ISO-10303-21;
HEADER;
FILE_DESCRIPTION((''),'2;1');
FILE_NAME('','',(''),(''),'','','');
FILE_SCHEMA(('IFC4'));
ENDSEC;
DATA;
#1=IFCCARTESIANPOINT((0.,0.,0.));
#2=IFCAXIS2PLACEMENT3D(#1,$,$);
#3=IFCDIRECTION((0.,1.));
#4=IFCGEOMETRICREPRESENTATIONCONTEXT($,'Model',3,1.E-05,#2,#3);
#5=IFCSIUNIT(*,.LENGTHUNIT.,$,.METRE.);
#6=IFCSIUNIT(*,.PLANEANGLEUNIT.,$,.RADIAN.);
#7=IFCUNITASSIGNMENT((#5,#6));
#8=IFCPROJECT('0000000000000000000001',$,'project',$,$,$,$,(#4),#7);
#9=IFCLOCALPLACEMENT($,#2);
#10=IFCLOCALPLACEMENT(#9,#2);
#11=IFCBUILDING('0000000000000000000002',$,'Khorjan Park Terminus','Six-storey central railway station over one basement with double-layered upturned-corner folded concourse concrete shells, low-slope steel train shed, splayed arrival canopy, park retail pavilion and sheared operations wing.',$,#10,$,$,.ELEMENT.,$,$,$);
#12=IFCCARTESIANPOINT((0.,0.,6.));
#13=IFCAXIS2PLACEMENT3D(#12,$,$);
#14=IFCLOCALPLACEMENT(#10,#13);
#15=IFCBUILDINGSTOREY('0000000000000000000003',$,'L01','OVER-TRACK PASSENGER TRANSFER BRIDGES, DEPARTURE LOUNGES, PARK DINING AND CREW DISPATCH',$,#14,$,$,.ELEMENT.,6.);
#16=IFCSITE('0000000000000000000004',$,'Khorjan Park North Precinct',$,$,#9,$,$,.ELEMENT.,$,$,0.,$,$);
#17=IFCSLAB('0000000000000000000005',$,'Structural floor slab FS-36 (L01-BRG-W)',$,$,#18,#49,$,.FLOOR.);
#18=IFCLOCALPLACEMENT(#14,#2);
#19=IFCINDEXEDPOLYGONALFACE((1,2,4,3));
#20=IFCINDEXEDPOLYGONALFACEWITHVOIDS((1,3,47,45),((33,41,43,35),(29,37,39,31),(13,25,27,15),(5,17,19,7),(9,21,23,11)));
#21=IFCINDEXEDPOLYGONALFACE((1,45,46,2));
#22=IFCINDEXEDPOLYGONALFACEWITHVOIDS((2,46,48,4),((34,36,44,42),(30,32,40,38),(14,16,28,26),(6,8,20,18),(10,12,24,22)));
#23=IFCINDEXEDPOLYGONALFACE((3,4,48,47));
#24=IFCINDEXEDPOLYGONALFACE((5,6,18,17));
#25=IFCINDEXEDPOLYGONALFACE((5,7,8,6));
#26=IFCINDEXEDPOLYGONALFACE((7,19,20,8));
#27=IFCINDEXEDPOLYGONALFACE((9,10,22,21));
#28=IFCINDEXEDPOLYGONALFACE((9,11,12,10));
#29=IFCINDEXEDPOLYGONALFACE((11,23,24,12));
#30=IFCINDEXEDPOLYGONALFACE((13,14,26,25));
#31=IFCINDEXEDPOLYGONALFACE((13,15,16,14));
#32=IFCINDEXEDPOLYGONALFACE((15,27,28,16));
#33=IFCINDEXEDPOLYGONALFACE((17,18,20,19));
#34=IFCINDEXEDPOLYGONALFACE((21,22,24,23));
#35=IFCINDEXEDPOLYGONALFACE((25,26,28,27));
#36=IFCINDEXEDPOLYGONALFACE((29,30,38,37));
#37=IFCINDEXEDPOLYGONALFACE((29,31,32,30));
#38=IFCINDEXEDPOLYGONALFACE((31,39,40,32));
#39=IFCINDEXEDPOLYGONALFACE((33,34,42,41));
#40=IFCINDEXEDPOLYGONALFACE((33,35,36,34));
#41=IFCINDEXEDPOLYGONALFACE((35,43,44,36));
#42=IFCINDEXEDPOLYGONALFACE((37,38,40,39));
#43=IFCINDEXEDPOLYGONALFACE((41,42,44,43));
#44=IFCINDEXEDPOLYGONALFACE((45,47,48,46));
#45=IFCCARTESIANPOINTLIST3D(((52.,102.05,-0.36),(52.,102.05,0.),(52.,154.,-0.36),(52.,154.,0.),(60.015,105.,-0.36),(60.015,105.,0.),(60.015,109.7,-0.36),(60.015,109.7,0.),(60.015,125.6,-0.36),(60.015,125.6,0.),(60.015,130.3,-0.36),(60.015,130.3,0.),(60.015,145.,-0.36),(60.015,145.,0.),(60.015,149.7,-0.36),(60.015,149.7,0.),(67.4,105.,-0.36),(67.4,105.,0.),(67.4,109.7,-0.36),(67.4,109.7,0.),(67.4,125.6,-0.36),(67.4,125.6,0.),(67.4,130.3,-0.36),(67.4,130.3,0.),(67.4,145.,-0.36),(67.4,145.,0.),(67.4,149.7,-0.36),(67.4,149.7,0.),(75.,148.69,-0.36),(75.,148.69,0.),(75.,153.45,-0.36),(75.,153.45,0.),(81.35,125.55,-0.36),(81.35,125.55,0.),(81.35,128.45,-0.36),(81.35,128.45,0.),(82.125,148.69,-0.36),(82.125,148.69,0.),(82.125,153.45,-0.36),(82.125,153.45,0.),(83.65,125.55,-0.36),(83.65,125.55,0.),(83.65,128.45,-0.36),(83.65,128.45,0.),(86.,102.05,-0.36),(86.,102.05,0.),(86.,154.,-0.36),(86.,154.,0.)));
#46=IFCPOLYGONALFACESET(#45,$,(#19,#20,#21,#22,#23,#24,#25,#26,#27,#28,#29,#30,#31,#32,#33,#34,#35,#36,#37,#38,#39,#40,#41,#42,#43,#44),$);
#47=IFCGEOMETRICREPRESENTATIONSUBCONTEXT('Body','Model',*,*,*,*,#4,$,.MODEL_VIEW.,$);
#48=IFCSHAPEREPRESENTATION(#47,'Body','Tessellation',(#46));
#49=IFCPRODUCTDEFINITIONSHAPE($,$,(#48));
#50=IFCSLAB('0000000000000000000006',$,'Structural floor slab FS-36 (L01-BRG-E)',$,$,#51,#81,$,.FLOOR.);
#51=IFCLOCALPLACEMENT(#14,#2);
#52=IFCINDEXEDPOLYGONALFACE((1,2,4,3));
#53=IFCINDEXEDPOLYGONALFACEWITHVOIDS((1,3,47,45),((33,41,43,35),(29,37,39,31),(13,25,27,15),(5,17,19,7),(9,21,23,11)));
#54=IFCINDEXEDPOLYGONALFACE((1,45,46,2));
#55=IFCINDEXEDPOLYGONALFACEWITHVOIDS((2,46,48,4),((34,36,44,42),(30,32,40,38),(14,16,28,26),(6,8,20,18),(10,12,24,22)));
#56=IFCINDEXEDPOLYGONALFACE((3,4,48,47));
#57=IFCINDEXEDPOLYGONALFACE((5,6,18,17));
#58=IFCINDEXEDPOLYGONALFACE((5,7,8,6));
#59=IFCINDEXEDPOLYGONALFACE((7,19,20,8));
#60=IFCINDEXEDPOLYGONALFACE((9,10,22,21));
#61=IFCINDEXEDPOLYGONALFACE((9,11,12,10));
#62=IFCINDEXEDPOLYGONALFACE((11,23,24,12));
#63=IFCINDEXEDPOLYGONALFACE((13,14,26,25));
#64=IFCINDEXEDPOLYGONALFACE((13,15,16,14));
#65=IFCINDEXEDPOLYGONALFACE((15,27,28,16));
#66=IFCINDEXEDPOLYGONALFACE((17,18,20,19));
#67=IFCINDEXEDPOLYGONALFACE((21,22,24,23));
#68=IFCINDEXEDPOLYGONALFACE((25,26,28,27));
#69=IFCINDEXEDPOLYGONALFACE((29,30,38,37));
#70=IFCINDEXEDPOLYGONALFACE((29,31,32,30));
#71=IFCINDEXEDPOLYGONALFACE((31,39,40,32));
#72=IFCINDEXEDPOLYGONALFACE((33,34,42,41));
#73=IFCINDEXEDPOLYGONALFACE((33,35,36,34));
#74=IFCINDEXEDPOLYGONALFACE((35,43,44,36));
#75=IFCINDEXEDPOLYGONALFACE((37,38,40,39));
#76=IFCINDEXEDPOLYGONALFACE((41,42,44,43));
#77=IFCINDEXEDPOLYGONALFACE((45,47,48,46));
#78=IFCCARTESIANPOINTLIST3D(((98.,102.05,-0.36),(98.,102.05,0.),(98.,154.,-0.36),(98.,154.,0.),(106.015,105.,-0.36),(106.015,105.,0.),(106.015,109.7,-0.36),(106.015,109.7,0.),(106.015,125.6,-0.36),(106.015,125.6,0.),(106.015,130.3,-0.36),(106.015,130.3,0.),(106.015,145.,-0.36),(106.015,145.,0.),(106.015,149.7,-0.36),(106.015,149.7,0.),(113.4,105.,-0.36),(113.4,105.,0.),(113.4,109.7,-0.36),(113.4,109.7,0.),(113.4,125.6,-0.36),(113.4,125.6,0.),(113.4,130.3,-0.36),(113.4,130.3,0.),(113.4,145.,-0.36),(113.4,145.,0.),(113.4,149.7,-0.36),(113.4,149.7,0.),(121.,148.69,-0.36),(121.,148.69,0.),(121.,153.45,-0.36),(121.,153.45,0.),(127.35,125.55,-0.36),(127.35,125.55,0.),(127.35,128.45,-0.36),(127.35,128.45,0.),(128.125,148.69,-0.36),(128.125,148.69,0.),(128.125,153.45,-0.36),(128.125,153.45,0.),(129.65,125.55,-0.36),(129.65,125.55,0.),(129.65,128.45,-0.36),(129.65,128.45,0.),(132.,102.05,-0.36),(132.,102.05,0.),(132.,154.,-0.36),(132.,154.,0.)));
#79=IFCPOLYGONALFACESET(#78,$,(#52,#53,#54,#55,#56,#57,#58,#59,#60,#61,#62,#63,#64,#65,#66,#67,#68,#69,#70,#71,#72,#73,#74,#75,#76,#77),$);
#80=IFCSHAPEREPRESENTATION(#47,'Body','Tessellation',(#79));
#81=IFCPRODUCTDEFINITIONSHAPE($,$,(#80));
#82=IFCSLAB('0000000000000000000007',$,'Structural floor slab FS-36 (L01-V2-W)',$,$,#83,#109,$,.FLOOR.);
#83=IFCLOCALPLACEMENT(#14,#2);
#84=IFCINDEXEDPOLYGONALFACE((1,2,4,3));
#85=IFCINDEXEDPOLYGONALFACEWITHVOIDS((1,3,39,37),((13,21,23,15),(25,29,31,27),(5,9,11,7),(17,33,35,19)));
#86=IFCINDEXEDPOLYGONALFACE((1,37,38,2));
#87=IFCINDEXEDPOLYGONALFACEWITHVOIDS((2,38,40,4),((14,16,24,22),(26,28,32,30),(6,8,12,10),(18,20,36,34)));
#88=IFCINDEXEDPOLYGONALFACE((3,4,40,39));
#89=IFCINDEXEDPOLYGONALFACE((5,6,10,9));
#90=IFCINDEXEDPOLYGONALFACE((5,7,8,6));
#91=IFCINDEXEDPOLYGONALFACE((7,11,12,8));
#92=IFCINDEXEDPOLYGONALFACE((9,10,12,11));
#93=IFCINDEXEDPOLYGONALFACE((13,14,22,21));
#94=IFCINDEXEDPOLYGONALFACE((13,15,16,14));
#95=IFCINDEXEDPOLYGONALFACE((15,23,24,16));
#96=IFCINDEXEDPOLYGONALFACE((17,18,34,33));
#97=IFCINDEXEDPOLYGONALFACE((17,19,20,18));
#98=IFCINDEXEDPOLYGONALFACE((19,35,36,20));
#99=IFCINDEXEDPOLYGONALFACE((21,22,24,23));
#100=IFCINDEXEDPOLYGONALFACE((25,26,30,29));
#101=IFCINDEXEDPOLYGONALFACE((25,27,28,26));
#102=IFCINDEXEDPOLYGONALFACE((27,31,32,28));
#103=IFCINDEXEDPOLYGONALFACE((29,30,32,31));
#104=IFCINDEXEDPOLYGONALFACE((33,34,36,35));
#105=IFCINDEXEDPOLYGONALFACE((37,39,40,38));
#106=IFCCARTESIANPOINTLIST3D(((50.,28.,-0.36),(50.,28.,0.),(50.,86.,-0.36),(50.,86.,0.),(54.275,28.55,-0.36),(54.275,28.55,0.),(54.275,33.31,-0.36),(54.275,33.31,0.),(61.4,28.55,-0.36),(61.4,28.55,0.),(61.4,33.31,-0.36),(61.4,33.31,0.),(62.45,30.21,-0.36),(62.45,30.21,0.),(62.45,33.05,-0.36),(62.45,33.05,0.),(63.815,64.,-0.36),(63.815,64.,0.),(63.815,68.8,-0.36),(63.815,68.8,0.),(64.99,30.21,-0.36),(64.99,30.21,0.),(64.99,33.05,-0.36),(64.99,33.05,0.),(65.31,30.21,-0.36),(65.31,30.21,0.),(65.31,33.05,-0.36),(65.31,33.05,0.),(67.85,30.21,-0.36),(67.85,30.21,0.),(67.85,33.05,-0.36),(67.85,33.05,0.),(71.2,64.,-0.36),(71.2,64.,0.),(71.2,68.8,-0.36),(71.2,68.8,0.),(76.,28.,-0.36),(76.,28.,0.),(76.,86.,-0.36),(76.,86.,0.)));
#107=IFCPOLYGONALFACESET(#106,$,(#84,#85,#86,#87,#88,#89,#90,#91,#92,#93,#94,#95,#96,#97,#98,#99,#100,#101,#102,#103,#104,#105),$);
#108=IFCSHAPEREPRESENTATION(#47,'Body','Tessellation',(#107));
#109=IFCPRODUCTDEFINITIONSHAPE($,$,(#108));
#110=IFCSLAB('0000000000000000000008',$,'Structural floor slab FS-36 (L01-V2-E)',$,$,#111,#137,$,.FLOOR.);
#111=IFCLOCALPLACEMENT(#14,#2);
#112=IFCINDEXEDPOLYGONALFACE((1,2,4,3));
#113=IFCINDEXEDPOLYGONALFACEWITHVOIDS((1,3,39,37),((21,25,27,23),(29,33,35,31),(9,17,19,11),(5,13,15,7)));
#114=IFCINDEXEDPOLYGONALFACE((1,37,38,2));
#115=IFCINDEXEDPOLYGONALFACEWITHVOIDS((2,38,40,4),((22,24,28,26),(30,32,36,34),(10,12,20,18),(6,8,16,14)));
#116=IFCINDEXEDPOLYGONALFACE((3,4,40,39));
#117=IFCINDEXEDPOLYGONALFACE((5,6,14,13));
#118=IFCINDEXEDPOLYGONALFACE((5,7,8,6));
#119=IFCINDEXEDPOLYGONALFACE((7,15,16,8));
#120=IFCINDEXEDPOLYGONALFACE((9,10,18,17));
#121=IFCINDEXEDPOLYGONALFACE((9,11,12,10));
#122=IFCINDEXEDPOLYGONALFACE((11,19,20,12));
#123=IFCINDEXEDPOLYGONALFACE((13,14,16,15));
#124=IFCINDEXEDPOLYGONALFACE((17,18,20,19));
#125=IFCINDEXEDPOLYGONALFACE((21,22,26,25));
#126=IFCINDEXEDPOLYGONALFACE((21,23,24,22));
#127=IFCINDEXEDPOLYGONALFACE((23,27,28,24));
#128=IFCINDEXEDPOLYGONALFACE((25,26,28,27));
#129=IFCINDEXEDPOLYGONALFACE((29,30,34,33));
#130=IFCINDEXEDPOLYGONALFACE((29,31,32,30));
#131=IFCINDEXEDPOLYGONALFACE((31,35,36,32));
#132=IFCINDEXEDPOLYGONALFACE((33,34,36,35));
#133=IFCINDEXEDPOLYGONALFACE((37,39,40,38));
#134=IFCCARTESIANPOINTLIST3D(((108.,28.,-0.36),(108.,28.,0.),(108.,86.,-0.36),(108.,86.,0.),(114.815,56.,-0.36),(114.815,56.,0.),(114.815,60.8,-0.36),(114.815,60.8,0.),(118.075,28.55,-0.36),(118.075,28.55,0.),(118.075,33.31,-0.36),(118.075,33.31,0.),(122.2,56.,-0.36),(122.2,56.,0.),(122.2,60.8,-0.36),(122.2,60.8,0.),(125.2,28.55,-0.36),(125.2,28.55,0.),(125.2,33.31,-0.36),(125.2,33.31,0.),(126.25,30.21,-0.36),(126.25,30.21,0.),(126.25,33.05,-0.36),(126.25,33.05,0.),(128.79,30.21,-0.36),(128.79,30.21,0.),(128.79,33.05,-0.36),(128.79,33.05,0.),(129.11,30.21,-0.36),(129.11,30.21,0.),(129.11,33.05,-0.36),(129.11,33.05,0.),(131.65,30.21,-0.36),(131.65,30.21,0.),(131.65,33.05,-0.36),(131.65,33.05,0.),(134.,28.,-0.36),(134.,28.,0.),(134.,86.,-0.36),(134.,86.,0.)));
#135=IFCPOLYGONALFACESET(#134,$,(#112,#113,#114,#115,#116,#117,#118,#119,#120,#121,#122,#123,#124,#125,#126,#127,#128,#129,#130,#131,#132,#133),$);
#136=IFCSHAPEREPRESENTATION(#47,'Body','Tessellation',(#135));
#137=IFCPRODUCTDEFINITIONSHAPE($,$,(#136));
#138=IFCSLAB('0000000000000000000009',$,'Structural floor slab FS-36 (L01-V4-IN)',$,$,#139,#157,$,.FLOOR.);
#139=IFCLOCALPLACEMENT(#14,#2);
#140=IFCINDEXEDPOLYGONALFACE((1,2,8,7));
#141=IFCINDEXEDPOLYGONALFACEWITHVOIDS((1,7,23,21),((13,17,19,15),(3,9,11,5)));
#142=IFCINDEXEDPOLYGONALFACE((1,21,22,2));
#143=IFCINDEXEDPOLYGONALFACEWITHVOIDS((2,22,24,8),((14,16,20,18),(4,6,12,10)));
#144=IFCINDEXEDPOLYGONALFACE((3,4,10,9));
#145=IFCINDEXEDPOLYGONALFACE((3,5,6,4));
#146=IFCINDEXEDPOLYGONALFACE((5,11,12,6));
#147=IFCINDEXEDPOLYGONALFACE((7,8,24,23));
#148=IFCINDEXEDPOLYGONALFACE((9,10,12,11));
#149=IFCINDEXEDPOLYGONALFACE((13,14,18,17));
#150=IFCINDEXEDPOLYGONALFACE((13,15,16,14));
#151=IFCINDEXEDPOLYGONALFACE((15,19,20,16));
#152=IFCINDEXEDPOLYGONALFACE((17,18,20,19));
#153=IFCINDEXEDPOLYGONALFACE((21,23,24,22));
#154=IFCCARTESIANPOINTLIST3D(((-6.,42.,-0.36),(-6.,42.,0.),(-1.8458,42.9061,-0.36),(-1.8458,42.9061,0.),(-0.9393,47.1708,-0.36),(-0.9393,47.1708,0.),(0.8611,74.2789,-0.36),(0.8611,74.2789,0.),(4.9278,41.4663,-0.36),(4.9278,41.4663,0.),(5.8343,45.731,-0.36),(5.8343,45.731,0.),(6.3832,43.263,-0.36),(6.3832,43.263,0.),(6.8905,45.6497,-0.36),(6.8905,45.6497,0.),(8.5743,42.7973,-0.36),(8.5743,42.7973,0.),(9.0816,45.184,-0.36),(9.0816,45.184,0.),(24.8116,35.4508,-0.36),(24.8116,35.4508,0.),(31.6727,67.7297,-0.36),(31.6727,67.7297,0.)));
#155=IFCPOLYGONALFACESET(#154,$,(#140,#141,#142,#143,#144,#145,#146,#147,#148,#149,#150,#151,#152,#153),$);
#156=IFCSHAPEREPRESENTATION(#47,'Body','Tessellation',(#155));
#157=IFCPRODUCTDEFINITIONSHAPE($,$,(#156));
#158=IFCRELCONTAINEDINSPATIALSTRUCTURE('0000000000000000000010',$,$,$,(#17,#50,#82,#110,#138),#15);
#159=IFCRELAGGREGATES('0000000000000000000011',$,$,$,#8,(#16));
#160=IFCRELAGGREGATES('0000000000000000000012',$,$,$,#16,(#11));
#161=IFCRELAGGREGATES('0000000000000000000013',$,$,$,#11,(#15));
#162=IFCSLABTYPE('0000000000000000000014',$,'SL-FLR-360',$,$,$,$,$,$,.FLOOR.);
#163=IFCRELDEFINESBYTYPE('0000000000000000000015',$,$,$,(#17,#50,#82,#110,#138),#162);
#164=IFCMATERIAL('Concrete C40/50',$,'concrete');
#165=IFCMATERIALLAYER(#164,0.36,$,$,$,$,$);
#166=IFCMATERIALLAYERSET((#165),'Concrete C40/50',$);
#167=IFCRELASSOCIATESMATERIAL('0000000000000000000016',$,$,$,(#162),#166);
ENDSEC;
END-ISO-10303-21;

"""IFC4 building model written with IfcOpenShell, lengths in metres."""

from ifc_helpers import new_model, si_unit, direction, frame, origin, place, context, subcontext, project, spatial, polyline, outline, extrude, material, layer, layer_set, type_object, element, save


model = new_model("IFC4")

# Units and contexts
model_context = context("Model", 3, precision=1e-05, world=origin(), true_north=direction((0.0, 1.0)))
body_context = subcontext(model_context, "Body", "Model", "MODEL_VIEW")
ifc_project = project(units=[si_unit("LENGTHUNIT", "METRE"), si_unit("PLANEANGLEUNIT", "RADIAN")], contexts=[model_context])

# Site, building, storey
site_placement = place(None, origin())
site = spatial("IfcSite", under=ifc_project, at=site_placement, Name="Khorjan Park North Precinct", CompositionType="ELEMENT", RefElevation=0.0)
building_placement = place(site_placement, origin())
building = spatial("IfcBuilding", under=site, at=building_placement, Name="Khorjan Park Terminus", Description="Six-storey central railway station over one basement with double-layered upturned-corner folded concourse concrete shells, low-slope steel train shed, splayed arrival canopy, park retail pavilion and sheared operations wing.", CompositionType="ELEMENT")
storey_placement = place(building_placement, frame((0.0, 0.0, 6.0)))
storey = spatial("IfcBuildingStorey", under=building, at=storey_placement, Name="L01", Description="OVER-TRACK PASSENGER TRANSFER BRIDGES, DEPARTURE LOUNGES, PARK DINING AND CREW DISPATCH", CompositionType="ELEMENT", Elevation=6.0)

# Slabs
ifc_material_1 = material(Name="Concrete C40/50", Category="concrete")
ifc_layer_1 = layer(ifc_material_1, 0.36)
ifc_layer_set_1 = layer_set([ifc_layer_1], Name="Concrete C40/50")
slab_type_1 = type_object("IfcSlabType", Name="SL-FLR-360", PredefinedType="FLOOR", material=ifc_layer_set_1)
slab_1_placement = place(storey_placement, frame((0.0, 0.0, -0.36)))
element("IfcSlab", 1, at=slab_1_placement, inside=storey, type_object=slab_type_1, Name="Structural floor slab FS-36 (L01-BRG-W)", PredefinedType="FLOOR", context=body_context, shape_type="SweptSolid", body=[
    extrude(outline(polyline([(52.0, 154.0), (86.0, 154.0), (86.0, 102.05), (52.0, 102.05), (52.0, 154.0)]), holes=[polyline([(67.4, 109.7), (60.015, 109.7), (60.015, 105.0), (67.4, 105.0), (67.4, 109.7)]), polyline([(83.65, 125.55), (83.65, 128.45), (81.35, 128.45), (81.35, 125.55), (83.65, 125.55)]), polyline([(67.4, 125.6), (67.4, 130.3), (60.015, 130.3), (60.015, 125.6), (67.4, 125.6)]), polyline([(67.4, 145.0), (67.4, 149.7), (60.015, 149.7), (60.015, 145.0), (67.4, 145.0)]), polyline([(75.0, 153.45), (75.0, 148.69), (82.125, 148.69), (82.125, 153.45), (75.0, 153.45)])]), origin(), (0.0, 0.0, 1.0), 0.36),
])
slab_2_placement = place(storey_placement, frame((0.0, 0.0, -0.36)))
element("IfcSlab", 2, at=slab_2_placement, inside=storey, type_object=slab_type_1, Name="Structural floor slab FS-36 (L01-BRG-E)", PredefinedType="FLOOR", context=body_context, shape_type="SweptSolid", body=[
    extrude(outline(polyline([(98.0, 154.0), (132.0, 154.0), (132.0, 102.05), (98.0, 102.05), (98.0, 154.0)]), holes=[polyline([(113.4, 105.0), (113.4, 109.7), (106.015, 109.7), (106.015, 105.0), (113.4, 105.0)]), polyline([(113.4, 125.6), (113.4, 130.3), (106.015, 130.3), (106.015, 125.6), (113.4, 125.6)]), polyline([(113.4, 145.0), (113.4, 149.7), (106.015, 149.7), (106.015, 145.0), (113.4, 145.0)]), polyline([(129.65, 125.55), (129.65, 128.45), (127.35, 128.45), (127.35, 125.55), (129.65, 125.55)]), polyline([(128.125, 153.45), (121.0, 153.45), (121.0, 148.69), (128.125, 148.69), (128.125, 153.45)])]), origin(), (0.0, 0.0, 1.0), 0.36),
])
slab_3_placement = place(storey_placement, frame((0.0, 0.0, -0.36)))
element("IfcSlab", 3, at=slab_3_placement, inside=storey, type_object=slab_type_1, Name="Structural floor slab FS-36 (L01-V2-W)", PredefinedType="FLOOR", context=body_context, shape_type="SweptSolid", body=[
    extrude(outline(polyline([(50.0, 86.0), (76.0, 86.0), (76.0, 28.0), (50.0, 28.0), (50.0, 86.0)]), holes=[polyline([(61.4, 28.55), (61.4, 33.31), (54.275, 33.31), (54.275, 28.55), (61.4, 28.55)]), polyline([(62.45, 30.21), (64.99, 30.21), (64.99, 33.05), (62.45, 33.05), (62.45, 30.21)]), polyline([(65.31, 30.21), (67.85, 30.21), (67.85, 33.05), (65.31, 33.05), (65.31, 30.21)]), polyline([(71.2, 64.0), (71.2, 68.8), (63.815, 68.8), (63.815, 64.0), (71.2, 64.0)])]), origin(), (0.0, 0.0, 1.0), 0.36),
])
slab_4_placement = place(storey_placement, frame((0.0, 0.0, -0.36)))
element("IfcSlab", 4, at=slab_4_placement, inside=storey, type_object=slab_type_1, Name="Structural floor slab FS-36 (L01-V2-E)", PredefinedType="FLOOR", context=body_context, shape_type="SweptSolid", body=[
    extrude(outline(polyline([(108.0, 86.0), (134.0, 86.0), (134.0, 28.0), (108.0, 28.0), (108.0, 86.0)]), holes=[polyline([(118.075, 28.55), (125.2, 28.55), (125.2, 33.31), (118.075, 33.31), (118.075, 28.55)]), polyline([(126.25, 30.21), (128.79, 30.21), (128.79, 33.05), (126.25, 33.05), (126.25, 30.21)]), polyline([(129.11, 30.21), (131.65, 30.21), (131.65, 33.05), (129.11, 33.05), (129.11, 30.21)]), polyline([(122.2, 56.0), (122.2, 60.8), (114.815, 60.8), (114.815, 56.0), (122.2, 56.0)])]), origin(), (0.0, 0.0, 1.0), 0.36),
])
slab_5_placement = place(storey_placement, frame((0.0, 0.0, -0.36)))
element("IfcSlab", 5, at=slab_5_placement, inside=storey, type_object=slab_type_1, Name="Structural floor slab FS-36 (L01-V4-IN)", PredefinedType="FLOOR", context=body_context, shape_type="SweptSolid", body=[
    extrude(outline(polyline([(0.8611, 74.2789), (31.6727, 67.7297), (24.8116, 35.4508), (-6.0, 42.0), (0.8611, 74.2789)]), holes=[polyline([(6.3832, 43.263), (8.5743, 42.7973), (9.0816, 45.184), (6.8905, 45.6497), (6.3832, 43.263)]), polyline([(-1.8458, 42.9061), (4.9278, 41.4663), (5.8343, 45.731), (-0.9393, 47.1708), (-1.8458, 42.9061)])]), origin(), (0.0, 0.0, 1.0), 0.36),
])

save(model, "model.ifc")
